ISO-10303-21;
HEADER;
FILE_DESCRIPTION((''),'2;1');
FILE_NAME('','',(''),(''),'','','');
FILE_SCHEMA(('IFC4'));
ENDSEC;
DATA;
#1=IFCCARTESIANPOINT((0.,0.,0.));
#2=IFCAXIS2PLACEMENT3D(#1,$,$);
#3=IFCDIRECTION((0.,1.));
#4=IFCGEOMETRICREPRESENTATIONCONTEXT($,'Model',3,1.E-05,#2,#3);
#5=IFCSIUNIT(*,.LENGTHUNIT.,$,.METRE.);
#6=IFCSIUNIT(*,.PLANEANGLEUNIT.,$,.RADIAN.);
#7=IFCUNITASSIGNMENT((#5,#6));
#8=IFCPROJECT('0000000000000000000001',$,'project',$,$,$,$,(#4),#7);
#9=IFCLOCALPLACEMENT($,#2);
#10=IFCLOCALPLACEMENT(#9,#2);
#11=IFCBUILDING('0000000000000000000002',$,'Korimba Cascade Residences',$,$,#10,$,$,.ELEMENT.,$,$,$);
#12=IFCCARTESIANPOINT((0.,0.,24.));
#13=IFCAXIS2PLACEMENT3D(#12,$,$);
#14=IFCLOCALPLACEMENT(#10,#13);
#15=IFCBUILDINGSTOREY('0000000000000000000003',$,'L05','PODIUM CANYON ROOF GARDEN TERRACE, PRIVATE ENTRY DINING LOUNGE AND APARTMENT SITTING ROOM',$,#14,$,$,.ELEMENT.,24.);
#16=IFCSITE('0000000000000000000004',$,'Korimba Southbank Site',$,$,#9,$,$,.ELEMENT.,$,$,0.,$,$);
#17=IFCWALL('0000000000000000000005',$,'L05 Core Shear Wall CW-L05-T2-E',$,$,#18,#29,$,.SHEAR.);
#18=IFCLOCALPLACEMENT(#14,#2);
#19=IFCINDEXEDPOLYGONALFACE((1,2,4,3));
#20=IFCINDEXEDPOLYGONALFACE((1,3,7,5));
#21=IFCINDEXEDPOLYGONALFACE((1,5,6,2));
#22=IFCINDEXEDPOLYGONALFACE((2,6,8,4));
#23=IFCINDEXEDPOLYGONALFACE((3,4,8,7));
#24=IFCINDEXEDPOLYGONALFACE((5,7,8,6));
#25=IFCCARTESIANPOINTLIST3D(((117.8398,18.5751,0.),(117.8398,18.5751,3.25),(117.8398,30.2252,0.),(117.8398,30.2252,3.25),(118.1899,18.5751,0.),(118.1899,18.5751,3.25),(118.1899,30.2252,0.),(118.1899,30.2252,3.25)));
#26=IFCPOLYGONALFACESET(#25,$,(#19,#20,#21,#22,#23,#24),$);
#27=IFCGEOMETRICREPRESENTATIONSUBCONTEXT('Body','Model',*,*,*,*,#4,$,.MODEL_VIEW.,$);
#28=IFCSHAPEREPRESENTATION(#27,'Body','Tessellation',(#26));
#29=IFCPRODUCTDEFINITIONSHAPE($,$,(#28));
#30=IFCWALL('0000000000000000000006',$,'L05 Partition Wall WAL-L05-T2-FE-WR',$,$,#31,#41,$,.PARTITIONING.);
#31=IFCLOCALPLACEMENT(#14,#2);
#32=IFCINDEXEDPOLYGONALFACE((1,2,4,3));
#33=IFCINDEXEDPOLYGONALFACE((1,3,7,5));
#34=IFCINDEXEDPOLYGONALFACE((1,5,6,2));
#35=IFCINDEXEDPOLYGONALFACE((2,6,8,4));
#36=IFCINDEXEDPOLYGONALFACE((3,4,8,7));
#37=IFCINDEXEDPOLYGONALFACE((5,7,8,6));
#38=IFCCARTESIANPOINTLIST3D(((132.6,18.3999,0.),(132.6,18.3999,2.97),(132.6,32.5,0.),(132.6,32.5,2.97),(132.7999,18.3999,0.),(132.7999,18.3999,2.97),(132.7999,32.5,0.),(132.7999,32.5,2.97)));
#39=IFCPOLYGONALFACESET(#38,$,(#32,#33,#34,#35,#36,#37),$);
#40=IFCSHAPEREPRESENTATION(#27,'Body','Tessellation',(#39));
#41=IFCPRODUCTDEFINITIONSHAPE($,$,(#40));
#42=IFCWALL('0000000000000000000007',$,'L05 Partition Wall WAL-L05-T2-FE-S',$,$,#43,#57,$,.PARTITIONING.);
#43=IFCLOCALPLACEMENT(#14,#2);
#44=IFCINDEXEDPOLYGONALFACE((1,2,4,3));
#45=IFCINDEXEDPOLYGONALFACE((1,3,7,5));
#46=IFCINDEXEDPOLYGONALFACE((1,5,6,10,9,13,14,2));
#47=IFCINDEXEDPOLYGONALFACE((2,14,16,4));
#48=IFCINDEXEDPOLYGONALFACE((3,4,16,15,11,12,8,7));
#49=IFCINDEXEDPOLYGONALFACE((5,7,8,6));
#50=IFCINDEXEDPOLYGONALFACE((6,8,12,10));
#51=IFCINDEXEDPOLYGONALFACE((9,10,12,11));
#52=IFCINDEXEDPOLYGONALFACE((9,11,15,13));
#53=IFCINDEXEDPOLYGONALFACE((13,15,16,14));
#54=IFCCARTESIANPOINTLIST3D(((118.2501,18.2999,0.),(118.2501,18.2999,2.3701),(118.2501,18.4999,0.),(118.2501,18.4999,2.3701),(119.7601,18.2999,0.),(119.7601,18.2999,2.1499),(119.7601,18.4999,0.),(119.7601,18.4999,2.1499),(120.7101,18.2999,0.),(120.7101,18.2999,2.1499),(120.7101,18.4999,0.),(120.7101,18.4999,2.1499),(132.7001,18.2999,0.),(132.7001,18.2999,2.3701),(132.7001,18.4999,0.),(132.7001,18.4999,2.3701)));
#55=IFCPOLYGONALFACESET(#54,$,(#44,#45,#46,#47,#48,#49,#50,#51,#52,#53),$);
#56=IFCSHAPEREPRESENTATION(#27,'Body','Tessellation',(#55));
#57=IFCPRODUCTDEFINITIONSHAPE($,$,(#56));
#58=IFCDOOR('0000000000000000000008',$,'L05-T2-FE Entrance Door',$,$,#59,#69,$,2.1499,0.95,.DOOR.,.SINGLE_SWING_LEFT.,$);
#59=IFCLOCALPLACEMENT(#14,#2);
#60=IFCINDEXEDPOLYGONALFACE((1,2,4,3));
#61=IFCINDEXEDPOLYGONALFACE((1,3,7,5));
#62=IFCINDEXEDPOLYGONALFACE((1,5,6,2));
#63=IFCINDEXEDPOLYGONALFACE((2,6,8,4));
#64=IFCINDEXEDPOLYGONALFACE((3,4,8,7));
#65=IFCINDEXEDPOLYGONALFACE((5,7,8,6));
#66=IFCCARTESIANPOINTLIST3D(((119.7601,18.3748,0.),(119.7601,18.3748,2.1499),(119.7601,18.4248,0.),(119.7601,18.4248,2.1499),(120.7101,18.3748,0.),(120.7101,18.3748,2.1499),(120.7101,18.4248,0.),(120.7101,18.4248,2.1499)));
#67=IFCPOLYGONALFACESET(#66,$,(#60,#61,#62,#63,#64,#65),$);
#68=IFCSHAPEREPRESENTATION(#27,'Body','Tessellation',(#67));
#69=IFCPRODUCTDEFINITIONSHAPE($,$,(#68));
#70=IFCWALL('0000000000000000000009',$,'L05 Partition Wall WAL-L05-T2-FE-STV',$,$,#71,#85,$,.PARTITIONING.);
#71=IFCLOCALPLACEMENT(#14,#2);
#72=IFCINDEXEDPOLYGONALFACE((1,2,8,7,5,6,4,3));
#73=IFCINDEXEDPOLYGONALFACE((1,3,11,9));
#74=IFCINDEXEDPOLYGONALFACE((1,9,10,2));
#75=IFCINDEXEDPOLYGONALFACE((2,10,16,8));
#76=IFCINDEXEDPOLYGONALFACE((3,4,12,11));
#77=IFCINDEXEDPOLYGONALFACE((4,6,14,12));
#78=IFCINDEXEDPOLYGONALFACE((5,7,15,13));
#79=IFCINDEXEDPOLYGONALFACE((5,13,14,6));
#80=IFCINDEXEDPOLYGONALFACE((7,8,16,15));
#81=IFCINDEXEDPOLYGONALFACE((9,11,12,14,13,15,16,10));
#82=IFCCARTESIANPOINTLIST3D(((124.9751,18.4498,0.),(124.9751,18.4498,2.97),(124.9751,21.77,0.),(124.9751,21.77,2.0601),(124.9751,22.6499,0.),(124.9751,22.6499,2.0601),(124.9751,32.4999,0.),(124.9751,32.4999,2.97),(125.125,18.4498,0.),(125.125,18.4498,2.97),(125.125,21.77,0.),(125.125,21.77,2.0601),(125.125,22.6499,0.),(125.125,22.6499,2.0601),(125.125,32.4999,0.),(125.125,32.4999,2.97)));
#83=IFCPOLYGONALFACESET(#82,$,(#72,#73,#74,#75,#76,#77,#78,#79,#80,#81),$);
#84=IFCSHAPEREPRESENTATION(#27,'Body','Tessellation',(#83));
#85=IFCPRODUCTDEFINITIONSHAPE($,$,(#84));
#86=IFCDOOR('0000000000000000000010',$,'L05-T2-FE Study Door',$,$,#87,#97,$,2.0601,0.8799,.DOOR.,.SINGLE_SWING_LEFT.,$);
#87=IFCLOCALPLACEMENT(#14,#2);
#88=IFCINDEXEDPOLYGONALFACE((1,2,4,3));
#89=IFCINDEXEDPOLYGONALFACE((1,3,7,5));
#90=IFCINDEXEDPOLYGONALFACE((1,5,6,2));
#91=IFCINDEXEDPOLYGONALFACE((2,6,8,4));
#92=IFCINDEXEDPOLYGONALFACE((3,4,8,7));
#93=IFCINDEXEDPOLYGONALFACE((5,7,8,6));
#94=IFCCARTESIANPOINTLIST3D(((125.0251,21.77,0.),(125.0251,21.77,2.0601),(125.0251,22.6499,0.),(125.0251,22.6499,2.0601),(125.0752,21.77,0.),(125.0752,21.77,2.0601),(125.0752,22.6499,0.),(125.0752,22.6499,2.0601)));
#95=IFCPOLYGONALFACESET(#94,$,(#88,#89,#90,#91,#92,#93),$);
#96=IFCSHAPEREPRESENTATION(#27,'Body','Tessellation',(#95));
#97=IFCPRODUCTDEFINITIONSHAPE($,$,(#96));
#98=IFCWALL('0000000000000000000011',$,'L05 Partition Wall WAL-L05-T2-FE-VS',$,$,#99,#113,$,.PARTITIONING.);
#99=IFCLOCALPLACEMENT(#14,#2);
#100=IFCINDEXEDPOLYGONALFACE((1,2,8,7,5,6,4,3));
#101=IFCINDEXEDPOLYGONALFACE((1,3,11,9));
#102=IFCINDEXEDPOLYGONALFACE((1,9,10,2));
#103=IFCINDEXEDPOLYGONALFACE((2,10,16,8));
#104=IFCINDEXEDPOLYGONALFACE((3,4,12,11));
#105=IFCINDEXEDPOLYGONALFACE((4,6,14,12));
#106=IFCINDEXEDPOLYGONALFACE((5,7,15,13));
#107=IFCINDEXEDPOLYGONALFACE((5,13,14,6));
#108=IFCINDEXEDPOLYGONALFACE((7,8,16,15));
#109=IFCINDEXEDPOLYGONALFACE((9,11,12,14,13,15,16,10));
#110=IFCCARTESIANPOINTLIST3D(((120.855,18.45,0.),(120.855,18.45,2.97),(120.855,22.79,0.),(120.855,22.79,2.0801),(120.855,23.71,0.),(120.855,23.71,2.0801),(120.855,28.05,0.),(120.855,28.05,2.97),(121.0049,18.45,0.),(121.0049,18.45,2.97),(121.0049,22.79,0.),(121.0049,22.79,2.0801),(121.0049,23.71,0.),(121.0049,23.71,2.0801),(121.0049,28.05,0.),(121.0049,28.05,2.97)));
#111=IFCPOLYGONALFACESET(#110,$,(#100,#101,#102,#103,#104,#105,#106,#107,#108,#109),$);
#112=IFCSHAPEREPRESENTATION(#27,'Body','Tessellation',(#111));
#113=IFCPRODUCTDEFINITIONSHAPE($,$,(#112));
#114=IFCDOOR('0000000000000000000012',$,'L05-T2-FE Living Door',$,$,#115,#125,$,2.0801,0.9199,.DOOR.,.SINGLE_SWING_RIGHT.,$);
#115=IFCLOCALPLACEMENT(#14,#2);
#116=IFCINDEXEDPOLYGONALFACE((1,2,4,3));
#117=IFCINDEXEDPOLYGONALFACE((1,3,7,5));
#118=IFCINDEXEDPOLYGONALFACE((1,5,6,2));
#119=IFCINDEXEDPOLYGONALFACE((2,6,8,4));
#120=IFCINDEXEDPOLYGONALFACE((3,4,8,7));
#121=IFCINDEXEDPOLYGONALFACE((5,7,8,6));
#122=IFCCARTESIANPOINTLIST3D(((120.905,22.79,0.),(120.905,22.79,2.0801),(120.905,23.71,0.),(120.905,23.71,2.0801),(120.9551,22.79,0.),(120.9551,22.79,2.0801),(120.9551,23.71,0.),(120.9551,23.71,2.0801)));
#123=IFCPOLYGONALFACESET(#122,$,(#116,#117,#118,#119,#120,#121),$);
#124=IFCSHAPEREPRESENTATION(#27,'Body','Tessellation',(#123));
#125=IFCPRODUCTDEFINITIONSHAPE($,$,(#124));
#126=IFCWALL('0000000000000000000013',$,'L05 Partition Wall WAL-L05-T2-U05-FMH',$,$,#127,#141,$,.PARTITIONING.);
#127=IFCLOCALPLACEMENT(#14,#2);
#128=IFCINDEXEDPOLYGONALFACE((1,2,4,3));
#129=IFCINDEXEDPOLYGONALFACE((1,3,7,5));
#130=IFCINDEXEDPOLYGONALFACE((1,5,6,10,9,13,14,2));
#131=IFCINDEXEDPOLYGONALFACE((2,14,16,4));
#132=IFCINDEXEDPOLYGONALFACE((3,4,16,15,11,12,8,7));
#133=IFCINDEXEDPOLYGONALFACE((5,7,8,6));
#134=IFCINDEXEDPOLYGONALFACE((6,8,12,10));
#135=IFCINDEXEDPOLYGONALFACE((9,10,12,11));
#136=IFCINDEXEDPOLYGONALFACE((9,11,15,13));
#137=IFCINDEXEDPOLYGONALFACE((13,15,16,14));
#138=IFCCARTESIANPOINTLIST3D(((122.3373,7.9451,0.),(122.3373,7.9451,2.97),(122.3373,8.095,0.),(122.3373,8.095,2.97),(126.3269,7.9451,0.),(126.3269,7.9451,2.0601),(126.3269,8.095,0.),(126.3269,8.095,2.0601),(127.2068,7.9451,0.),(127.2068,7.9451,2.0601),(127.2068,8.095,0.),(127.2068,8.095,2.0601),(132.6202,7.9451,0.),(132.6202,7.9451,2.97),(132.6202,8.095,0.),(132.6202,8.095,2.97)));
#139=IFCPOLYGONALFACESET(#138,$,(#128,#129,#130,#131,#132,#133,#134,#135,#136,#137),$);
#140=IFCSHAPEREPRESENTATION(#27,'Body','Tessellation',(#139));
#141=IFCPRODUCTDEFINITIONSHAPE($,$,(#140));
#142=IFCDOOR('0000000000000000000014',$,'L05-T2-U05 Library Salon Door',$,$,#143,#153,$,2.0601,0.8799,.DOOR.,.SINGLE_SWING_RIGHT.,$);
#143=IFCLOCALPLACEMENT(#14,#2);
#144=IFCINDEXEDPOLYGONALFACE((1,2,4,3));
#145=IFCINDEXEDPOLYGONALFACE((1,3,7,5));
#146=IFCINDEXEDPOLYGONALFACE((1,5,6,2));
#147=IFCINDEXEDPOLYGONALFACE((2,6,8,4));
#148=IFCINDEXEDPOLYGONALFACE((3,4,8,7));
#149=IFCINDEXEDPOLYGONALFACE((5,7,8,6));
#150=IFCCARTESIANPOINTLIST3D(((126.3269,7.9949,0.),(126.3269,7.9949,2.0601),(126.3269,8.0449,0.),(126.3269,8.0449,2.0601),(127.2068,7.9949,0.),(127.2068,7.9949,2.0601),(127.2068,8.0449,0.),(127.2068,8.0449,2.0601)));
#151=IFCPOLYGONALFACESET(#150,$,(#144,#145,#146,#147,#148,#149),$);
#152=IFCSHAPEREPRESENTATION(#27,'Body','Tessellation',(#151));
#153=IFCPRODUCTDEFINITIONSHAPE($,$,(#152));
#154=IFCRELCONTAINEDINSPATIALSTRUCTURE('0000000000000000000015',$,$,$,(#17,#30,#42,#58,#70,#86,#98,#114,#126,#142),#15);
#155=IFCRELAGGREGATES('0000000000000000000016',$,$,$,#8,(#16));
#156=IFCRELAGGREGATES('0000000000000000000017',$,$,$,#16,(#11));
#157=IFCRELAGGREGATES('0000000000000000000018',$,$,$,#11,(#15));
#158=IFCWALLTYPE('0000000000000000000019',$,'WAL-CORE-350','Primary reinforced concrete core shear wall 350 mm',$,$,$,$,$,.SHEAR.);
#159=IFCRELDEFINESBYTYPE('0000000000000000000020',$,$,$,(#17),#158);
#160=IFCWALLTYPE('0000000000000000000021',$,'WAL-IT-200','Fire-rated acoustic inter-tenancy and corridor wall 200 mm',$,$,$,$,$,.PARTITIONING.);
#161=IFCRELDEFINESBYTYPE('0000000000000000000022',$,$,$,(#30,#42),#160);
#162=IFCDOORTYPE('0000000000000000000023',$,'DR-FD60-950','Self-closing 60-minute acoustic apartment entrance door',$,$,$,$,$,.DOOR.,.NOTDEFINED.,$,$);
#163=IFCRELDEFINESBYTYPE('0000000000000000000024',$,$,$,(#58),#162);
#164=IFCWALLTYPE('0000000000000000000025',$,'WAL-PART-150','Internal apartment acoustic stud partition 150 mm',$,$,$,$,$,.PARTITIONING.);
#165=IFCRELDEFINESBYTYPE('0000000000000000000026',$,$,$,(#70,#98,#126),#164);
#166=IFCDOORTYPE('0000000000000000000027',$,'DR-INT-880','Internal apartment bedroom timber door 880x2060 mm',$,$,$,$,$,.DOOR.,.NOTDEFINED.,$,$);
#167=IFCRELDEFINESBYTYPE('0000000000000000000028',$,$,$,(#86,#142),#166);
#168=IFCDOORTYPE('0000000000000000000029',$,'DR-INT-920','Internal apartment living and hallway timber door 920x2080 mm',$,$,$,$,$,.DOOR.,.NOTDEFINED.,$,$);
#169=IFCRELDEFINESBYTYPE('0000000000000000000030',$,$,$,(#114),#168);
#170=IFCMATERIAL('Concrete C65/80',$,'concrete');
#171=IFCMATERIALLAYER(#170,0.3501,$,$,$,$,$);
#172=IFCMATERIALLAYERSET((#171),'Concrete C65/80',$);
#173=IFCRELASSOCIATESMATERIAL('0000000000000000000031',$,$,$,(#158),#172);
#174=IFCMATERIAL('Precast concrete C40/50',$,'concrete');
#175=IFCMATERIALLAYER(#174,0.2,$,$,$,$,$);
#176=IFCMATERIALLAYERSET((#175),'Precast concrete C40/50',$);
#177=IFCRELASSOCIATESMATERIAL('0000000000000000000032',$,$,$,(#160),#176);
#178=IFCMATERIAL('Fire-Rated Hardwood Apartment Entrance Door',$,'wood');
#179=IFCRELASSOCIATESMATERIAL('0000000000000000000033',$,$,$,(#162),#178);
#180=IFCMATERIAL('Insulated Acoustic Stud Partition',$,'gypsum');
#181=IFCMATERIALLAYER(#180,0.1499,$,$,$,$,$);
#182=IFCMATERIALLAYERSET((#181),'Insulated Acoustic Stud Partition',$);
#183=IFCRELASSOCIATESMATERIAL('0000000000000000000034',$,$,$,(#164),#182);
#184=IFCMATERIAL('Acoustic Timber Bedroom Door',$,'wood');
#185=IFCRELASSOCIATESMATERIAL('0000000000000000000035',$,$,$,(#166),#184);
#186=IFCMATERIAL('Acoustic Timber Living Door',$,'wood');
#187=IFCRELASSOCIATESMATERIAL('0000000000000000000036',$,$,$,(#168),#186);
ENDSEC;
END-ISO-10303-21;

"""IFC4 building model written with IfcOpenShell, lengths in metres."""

from ifc_helpers import new_model, si_unit, direction, frame, frame_2d, origin, place, context, subcontext, project, spatial, rectangle, extrude, material, layer, layer_set, type_object, element, fill, save


model = new_model("IFC4")

# Units and contexts
model_context = context("Model", 3, precision=1e-05, world=origin(), true_north=direction((0.0, 1.0)))
body_context = subcontext(model_context, "Body", "Model", "MODEL_VIEW")
ifc_project = project(units=[si_unit("LENGTHUNIT", "METRE"), si_unit("PLANEANGLEUNIT", "RADIAN")], contexts=[model_context])

# Site, building, storey
site_placement = place(None, origin())
site = spatial("IfcSite", under=ifc_project, at=site_placement, Name="Korimba Southbank Site", CompositionType="ELEMENT", RefElevation=0.0)
building_placement = place(site_placement, origin())
building = spatial("IfcBuilding", under=site, at=building_placement, Name="Korimba Cascade Residences", CompositionType="ELEMENT")
storey_placement = place(building_placement, frame((0.0, 0.0, 24.0)))
storey = spatial("IfcBuildingStorey", under=building, at=storey_placement, Name="L05", Description="PODIUM CANYON ROOF GARDEN TERRACE, PRIVATE ENTRY DINING LOUNGE AND APARTMENT SITTING ROOM", CompositionType="ELEMENT", Elevation=24.0)

# Shared definitions
ifc_material_1 = material(Name="Concrete C65/80", Category="concrete")

# Walls
ifc_layer_1 = layer(ifc_material_1, 0.3501)
ifc_layer_set_1 = layer_set([ifc_layer_1], Name="Concrete C65/80")
wall_type_1 = type_object("IfcWallType", Name="WAL-CORE-350", Description="Primary reinforced concrete core shear wall 350 mm", PredefinedType="SHEAR", material=ifc_layer_set_1)
wall_1_placement = place(storey_placement, frame((118.0149, 18.575, 0.0), z_axis=(0.0, 0.0, 1.0), x_axis=(0.0, 1.0, 0.0)))
element("IfcWall", 1, at=wall_1_placement, inside=storey, type_object=wall_type_1, Name="L05 Core Shear Wall CW-L05-T2-E", PredefinedType="SHEAR", context=body_context, shape_type="SweptSolid", body=[
    extrude(rectangle(XDim=11.6501, YDim=0.3501, at=frame_2d((5.8252, 0.0))), origin(), (0.0, 0.0, 1.0), 3.25),
])
ifc_material_2 = material(Name="Precast concrete C40/50", Category="concrete")
ifc_layer_2 = layer(ifc_material_2, 0.2)
ifc_layer_set_2 = layer_set([ifc_layer_2], Name="Precast concrete C40/50")
wall_type_2 = type_object("IfcWallType", Name="WAL-IT-200", Description="Fire-rated acoustic inter-tenancy and corridor wall 200 mm", PredefinedType="PARTITIONING", material=ifc_layer_set_2)
wall_2_placement = place(storey_placement, frame((132.7, 18.3999, 0.0), z_axis=(0.0, 0.0, 1.0), x_axis=(0.0, 1.0, 0.0)))
element("IfcWall", 2, at=wall_2_placement, inside=storey, type_object=wall_type_2, Name="L05 Partition Wall WAL-L05-T2-FE-WR", PredefinedType="PARTITIONING", context=body_context, shape_type="SweptSolid", body=[
    extrude(rectangle(XDim=14.1001, YDim=0.2, at=frame_2d((7.05, 0.0))), origin(), (0.0, 0.0, 1.0), 2.97),
])

# Walls, openings, doors
wall_3_placement = place(storey_placement, frame((118.25, 18.3999, 0.0), z_axis=(0.0, 0.0, 1.0), x_axis=(1.0, 0.0, 0.0)))
wall_3 = element("IfcWall", 3, at=wall_3_placement, inside=storey, type_object=wall_type_2, Name="L05 Partition Wall WAL-L05-T2-FE-S", PredefinedType="PARTITIONING", context=body_context, shape_type="SweptSolid", body=[
    extrude(rectangle(XDim=14.45, YDim=0.2, at=frame_2d((7.2251, 0.0))), origin(), (0.0, 0.0, 1.0), 2.3701),
])
opening_1_placement = place(wall_3_placement, frame((1.51, 0.0, 0.0)))
opening_1 = element("IfcOpeningElement", 4, at=opening_1_placement, cuts=wall_3, PredefinedType="OPENING", context=body_context, shape_type="SweptSolid", body=[
    extrude(rectangle(XDim=0.95, YDim=2.1499, at=frame_2d((0.4751, 1.075))), frame((0.0, 0.1099, 0.0), z_axis=(0.0, -1.0, 0.0), x_axis=(1.0, 0.0, 0.0)), (0.0, 0.0, 1.0), 0.22),
])
ifc_material_3 = material(Name="Fire-Rated Hardwood Apartment Entrance Door", Category="wood")
door_type_1 = type_object("IfcDoorType", Name="DR-FD60-950", Description="Self-closing 60-minute acoustic apartment entrance door", OperationType="NOTDEFINED", PredefinedType="DOOR", material=ifc_material_3)
door_1_placement = place(opening_1_placement, origin())
door_1 = element("IfcDoor", 5, at=door_1_placement, inside=storey, type_object=door_type_1, Name="L05-T2-FE Entrance Door", OperationType="SINGLE_SWING_LEFT", OverallHeight=2.1499, OverallWidth=0.95, PredefinedType="DOOR", context=body_context, shape_type="SweptSolid", body=[
    extrude(rectangle(XDim=0.95, YDim=2.1499, at=frame_2d((0.4751, 1.075))), frame((0.0, 0.0249, 0.0), z_axis=(0.0, -1.0, 0.0), x_axis=(1.0, 0.0, 0.0)), (0.0, 0.0, 1.0), 0.05),
])
fill(opening_1, door_1)
ifc_material_4 = material(Name="Insulated Acoustic Stud Partition", Category="gypsum")
ifc_layer_3 = layer(ifc_material_4, 0.1499)
ifc_layer_set_3 = layer_set([ifc_layer_3], Name="Insulated Acoustic Stud Partition")
wall_type_3 = type_object("IfcWallType", Name="WAL-PART-150", Description="Internal apartment acoustic stud partition 150 mm", PredefinedType="PARTITIONING", material=ifc_layer_set_3)
wall_4_placement = place(storey_placement, frame((125.05, 18.45, 0.0), z_axis=(0.0, 0.0, 1.0), x_axis=(0.0, 1.0, 0.0)))
wall_4 = element("IfcWall", 6, at=wall_4_placement, inside=storey, type_object=wall_type_3, Name="L05 Partition Wall WAL-L05-T2-FE-STV", PredefinedType="PARTITIONING", context=body_context, shape_type="SweptSolid", body=[
    extrude(rectangle(XDim=14.05, YDim=0.1499, at=frame_2d((7.0249, 0.0))), origin(), (0.0, 0.0, 1.0), 2.97),
])
opening_2_placement = place(wall_4_placement, frame((3.3201, 0.0, 0.0)))
opening_2 = element("IfcOpeningElement", 7, at=opening_2_placement, cuts=wall_4, PredefinedType="OPENING", context=body_context, shape_type="SweptSolid", body=[
    extrude(rectangle(XDim=0.8799, YDim=2.0601, at=frame_2d((0.4399, 1.03))), frame((0.0, 0.085, 0.0), z_axis=(0.0, -1.0, 0.0), x_axis=(1.0, 0.0, 0.0)), (0.0, 0.0, 1.0), 0.1699),
])
ifc_material_5 = material(Name="Acoustic Timber Bedroom Door", Category="wood")
door_type_2 = type_object("IfcDoorType", Name="DR-INT-880", Description="Internal apartment bedroom timber door 880x2060 mm", OperationType="NOTDEFINED", PredefinedType="DOOR", material=ifc_material_5)
door_2_placement = place(opening_2_placement, origin())
door_2 = element("IfcDoor", 8, at=door_2_placement, inside=storey, type_object=door_type_2, Name="L05-T2-FE Study Door", OperationType="SINGLE_SWING_LEFT", OverallHeight=2.0601, OverallWidth=0.8799, PredefinedType="DOOR", context=body_context, shape_type="SweptSolid", body=[
    extrude(rectangle(XDim=0.8799, YDim=2.0601, at=frame_2d((0.4399, 1.03))), frame((0.0, 0.0249, 0.0), z_axis=(0.0, -1.0, 0.0), x_axis=(1.0, 0.0, 0.0)), (0.0, 0.0, 1.0), 0.05),
])
fill(opening_2, door_2)
wall_5_placement = place(storey_placement, frame((120.9299, 18.45, 0.0), z_axis=(0.0, 0.0, 1.0), x_axis=(0.0, 1.0, 0.0)))
wall_5 = element("IfcWall", 9, at=wall_5_placement, inside=storey, type_object=wall_type_3, Name="L05 Partition Wall WAL-L05-T2-FE-VS", PredefinedType="PARTITIONING", context=body_context, shape_type="SweptSolid", body=[
    extrude(rectangle(XDim=9.6001, YDim=0.1499, at=frame_2d((4.8, 0.0))), origin(), (0.0, 0.0, 1.0), 2.97),
])
opening_3_placement = place(wall_5_placement, frame((4.3401, 0.0, 0.0)))
opening_3 = element("IfcOpeningElement", 10, at=opening_3_placement, cuts=wall_5, PredefinedType="OPENING", context=body_context, shape_type="SweptSolid", body=[
    extrude(rectangle(XDim=0.9199, YDim=2.0801, at=frame_2d((0.46, 1.04))), frame((0.0, 0.085, 0.0), z_axis=(0.0, -1.0, 0.0), x_axis=(1.0, 0.0, 0.0)), (0.0, 0.0, 1.0), 0.1699),
])
ifc_material_6 = material(Name="Acoustic Timber Living Door", Category="wood")
door_type_3 = type_object("IfcDoorType", Name="DR-INT-920", Description="Internal apartment living and hallway timber door 920x2080 mm", OperationType="NOTDEFINED", PredefinedType="DOOR", material=ifc_material_6)
door_3_placement = place(opening_3_placement, origin())
door_3 = element("IfcDoor", 11, at=door_3_placement, inside=storey, type_object=door_type_3, Name="L05-T2-FE Living Door", OperationType="SINGLE_SWING_RIGHT", OverallHeight=2.0801, OverallWidth=0.9199, PredefinedType="DOOR", context=body_context, shape_type="SweptSolid", body=[
    extrude(rectangle(XDim=0.9199, YDim=2.0801, at=frame_2d((0.46, 1.04))), frame((0.0, 0.0249, 0.0), z_axis=(0.0, -1.0, 0.0), x_axis=(1.0, 0.0, 0.0)), (0.0, 0.0, 1.0), 0.05),
])
fill(opening_3, door_3)
wall_6_placement = place(storey_placement, frame((122.3372, 8.02, 0.0), z_axis=(0.0, 0.0, 1.0), x_axis=(1.0, 0.0, 0.0)))
wall_6 = element("IfcWall", 12, at=wall_6_placement, inside=storey, type_object=wall_type_3, Name="L05 Partition Wall WAL-L05-T2-U05-FMH", PredefinedType="PARTITIONING", context=body_context, shape_type="SweptSolid", body=[
    extrude(rectangle(XDim=10.283, YDim=0.1499, at=frame_2d((5.1416, 0.0))), origin(), (0.0, 0.0, 1.0), 2.97),
])
opening_4_placement = place(wall_6_placement, frame((3.9897, 0.0, 0.0)))
opening_4 = element("IfcOpeningElement", 13, at=opening_4_placement, cuts=wall_6, PredefinedType="OPENING", context=body_context, shape_type="SweptSolid", body=[
    extrude(rectangle(XDim=0.8799, YDim=2.0601, at=frame_2d((0.4399, 1.03))), frame((0.0, 0.085, 0.0), z_axis=(0.0, -1.0, 0.0), x_axis=(1.0, 0.0, 0.0)), (0.0, 0.0, 1.0), 0.1699),
])
door_4_placement = place(opening_4_placement, origin())
door_4 = element("IfcDoor", 14, at=door_4_placement, inside=storey, type_object=door_type_2, Name="L05-T2-U05 Library Salon Door", OperationType="SINGLE_SWING_RIGHT", OverallHeight=2.0601, OverallWidth=0.8799, PredefinedType="DOOR", context=body_context, shape_type="SweptSolid", body=[
    extrude(rectangle(XDim=0.8799, YDim=2.0601, at=frame_2d((0.4399, 1.03))), frame((0.0, 0.0249, 0.0), z_axis=(0.0, -1.0, 0.0), x_axis=(1.0, 0.0, 0.0)), (0.0, 0.0, 1.0), 0.05),
])
fill(opening_4, door_4)

save(model, "model.ifc")
